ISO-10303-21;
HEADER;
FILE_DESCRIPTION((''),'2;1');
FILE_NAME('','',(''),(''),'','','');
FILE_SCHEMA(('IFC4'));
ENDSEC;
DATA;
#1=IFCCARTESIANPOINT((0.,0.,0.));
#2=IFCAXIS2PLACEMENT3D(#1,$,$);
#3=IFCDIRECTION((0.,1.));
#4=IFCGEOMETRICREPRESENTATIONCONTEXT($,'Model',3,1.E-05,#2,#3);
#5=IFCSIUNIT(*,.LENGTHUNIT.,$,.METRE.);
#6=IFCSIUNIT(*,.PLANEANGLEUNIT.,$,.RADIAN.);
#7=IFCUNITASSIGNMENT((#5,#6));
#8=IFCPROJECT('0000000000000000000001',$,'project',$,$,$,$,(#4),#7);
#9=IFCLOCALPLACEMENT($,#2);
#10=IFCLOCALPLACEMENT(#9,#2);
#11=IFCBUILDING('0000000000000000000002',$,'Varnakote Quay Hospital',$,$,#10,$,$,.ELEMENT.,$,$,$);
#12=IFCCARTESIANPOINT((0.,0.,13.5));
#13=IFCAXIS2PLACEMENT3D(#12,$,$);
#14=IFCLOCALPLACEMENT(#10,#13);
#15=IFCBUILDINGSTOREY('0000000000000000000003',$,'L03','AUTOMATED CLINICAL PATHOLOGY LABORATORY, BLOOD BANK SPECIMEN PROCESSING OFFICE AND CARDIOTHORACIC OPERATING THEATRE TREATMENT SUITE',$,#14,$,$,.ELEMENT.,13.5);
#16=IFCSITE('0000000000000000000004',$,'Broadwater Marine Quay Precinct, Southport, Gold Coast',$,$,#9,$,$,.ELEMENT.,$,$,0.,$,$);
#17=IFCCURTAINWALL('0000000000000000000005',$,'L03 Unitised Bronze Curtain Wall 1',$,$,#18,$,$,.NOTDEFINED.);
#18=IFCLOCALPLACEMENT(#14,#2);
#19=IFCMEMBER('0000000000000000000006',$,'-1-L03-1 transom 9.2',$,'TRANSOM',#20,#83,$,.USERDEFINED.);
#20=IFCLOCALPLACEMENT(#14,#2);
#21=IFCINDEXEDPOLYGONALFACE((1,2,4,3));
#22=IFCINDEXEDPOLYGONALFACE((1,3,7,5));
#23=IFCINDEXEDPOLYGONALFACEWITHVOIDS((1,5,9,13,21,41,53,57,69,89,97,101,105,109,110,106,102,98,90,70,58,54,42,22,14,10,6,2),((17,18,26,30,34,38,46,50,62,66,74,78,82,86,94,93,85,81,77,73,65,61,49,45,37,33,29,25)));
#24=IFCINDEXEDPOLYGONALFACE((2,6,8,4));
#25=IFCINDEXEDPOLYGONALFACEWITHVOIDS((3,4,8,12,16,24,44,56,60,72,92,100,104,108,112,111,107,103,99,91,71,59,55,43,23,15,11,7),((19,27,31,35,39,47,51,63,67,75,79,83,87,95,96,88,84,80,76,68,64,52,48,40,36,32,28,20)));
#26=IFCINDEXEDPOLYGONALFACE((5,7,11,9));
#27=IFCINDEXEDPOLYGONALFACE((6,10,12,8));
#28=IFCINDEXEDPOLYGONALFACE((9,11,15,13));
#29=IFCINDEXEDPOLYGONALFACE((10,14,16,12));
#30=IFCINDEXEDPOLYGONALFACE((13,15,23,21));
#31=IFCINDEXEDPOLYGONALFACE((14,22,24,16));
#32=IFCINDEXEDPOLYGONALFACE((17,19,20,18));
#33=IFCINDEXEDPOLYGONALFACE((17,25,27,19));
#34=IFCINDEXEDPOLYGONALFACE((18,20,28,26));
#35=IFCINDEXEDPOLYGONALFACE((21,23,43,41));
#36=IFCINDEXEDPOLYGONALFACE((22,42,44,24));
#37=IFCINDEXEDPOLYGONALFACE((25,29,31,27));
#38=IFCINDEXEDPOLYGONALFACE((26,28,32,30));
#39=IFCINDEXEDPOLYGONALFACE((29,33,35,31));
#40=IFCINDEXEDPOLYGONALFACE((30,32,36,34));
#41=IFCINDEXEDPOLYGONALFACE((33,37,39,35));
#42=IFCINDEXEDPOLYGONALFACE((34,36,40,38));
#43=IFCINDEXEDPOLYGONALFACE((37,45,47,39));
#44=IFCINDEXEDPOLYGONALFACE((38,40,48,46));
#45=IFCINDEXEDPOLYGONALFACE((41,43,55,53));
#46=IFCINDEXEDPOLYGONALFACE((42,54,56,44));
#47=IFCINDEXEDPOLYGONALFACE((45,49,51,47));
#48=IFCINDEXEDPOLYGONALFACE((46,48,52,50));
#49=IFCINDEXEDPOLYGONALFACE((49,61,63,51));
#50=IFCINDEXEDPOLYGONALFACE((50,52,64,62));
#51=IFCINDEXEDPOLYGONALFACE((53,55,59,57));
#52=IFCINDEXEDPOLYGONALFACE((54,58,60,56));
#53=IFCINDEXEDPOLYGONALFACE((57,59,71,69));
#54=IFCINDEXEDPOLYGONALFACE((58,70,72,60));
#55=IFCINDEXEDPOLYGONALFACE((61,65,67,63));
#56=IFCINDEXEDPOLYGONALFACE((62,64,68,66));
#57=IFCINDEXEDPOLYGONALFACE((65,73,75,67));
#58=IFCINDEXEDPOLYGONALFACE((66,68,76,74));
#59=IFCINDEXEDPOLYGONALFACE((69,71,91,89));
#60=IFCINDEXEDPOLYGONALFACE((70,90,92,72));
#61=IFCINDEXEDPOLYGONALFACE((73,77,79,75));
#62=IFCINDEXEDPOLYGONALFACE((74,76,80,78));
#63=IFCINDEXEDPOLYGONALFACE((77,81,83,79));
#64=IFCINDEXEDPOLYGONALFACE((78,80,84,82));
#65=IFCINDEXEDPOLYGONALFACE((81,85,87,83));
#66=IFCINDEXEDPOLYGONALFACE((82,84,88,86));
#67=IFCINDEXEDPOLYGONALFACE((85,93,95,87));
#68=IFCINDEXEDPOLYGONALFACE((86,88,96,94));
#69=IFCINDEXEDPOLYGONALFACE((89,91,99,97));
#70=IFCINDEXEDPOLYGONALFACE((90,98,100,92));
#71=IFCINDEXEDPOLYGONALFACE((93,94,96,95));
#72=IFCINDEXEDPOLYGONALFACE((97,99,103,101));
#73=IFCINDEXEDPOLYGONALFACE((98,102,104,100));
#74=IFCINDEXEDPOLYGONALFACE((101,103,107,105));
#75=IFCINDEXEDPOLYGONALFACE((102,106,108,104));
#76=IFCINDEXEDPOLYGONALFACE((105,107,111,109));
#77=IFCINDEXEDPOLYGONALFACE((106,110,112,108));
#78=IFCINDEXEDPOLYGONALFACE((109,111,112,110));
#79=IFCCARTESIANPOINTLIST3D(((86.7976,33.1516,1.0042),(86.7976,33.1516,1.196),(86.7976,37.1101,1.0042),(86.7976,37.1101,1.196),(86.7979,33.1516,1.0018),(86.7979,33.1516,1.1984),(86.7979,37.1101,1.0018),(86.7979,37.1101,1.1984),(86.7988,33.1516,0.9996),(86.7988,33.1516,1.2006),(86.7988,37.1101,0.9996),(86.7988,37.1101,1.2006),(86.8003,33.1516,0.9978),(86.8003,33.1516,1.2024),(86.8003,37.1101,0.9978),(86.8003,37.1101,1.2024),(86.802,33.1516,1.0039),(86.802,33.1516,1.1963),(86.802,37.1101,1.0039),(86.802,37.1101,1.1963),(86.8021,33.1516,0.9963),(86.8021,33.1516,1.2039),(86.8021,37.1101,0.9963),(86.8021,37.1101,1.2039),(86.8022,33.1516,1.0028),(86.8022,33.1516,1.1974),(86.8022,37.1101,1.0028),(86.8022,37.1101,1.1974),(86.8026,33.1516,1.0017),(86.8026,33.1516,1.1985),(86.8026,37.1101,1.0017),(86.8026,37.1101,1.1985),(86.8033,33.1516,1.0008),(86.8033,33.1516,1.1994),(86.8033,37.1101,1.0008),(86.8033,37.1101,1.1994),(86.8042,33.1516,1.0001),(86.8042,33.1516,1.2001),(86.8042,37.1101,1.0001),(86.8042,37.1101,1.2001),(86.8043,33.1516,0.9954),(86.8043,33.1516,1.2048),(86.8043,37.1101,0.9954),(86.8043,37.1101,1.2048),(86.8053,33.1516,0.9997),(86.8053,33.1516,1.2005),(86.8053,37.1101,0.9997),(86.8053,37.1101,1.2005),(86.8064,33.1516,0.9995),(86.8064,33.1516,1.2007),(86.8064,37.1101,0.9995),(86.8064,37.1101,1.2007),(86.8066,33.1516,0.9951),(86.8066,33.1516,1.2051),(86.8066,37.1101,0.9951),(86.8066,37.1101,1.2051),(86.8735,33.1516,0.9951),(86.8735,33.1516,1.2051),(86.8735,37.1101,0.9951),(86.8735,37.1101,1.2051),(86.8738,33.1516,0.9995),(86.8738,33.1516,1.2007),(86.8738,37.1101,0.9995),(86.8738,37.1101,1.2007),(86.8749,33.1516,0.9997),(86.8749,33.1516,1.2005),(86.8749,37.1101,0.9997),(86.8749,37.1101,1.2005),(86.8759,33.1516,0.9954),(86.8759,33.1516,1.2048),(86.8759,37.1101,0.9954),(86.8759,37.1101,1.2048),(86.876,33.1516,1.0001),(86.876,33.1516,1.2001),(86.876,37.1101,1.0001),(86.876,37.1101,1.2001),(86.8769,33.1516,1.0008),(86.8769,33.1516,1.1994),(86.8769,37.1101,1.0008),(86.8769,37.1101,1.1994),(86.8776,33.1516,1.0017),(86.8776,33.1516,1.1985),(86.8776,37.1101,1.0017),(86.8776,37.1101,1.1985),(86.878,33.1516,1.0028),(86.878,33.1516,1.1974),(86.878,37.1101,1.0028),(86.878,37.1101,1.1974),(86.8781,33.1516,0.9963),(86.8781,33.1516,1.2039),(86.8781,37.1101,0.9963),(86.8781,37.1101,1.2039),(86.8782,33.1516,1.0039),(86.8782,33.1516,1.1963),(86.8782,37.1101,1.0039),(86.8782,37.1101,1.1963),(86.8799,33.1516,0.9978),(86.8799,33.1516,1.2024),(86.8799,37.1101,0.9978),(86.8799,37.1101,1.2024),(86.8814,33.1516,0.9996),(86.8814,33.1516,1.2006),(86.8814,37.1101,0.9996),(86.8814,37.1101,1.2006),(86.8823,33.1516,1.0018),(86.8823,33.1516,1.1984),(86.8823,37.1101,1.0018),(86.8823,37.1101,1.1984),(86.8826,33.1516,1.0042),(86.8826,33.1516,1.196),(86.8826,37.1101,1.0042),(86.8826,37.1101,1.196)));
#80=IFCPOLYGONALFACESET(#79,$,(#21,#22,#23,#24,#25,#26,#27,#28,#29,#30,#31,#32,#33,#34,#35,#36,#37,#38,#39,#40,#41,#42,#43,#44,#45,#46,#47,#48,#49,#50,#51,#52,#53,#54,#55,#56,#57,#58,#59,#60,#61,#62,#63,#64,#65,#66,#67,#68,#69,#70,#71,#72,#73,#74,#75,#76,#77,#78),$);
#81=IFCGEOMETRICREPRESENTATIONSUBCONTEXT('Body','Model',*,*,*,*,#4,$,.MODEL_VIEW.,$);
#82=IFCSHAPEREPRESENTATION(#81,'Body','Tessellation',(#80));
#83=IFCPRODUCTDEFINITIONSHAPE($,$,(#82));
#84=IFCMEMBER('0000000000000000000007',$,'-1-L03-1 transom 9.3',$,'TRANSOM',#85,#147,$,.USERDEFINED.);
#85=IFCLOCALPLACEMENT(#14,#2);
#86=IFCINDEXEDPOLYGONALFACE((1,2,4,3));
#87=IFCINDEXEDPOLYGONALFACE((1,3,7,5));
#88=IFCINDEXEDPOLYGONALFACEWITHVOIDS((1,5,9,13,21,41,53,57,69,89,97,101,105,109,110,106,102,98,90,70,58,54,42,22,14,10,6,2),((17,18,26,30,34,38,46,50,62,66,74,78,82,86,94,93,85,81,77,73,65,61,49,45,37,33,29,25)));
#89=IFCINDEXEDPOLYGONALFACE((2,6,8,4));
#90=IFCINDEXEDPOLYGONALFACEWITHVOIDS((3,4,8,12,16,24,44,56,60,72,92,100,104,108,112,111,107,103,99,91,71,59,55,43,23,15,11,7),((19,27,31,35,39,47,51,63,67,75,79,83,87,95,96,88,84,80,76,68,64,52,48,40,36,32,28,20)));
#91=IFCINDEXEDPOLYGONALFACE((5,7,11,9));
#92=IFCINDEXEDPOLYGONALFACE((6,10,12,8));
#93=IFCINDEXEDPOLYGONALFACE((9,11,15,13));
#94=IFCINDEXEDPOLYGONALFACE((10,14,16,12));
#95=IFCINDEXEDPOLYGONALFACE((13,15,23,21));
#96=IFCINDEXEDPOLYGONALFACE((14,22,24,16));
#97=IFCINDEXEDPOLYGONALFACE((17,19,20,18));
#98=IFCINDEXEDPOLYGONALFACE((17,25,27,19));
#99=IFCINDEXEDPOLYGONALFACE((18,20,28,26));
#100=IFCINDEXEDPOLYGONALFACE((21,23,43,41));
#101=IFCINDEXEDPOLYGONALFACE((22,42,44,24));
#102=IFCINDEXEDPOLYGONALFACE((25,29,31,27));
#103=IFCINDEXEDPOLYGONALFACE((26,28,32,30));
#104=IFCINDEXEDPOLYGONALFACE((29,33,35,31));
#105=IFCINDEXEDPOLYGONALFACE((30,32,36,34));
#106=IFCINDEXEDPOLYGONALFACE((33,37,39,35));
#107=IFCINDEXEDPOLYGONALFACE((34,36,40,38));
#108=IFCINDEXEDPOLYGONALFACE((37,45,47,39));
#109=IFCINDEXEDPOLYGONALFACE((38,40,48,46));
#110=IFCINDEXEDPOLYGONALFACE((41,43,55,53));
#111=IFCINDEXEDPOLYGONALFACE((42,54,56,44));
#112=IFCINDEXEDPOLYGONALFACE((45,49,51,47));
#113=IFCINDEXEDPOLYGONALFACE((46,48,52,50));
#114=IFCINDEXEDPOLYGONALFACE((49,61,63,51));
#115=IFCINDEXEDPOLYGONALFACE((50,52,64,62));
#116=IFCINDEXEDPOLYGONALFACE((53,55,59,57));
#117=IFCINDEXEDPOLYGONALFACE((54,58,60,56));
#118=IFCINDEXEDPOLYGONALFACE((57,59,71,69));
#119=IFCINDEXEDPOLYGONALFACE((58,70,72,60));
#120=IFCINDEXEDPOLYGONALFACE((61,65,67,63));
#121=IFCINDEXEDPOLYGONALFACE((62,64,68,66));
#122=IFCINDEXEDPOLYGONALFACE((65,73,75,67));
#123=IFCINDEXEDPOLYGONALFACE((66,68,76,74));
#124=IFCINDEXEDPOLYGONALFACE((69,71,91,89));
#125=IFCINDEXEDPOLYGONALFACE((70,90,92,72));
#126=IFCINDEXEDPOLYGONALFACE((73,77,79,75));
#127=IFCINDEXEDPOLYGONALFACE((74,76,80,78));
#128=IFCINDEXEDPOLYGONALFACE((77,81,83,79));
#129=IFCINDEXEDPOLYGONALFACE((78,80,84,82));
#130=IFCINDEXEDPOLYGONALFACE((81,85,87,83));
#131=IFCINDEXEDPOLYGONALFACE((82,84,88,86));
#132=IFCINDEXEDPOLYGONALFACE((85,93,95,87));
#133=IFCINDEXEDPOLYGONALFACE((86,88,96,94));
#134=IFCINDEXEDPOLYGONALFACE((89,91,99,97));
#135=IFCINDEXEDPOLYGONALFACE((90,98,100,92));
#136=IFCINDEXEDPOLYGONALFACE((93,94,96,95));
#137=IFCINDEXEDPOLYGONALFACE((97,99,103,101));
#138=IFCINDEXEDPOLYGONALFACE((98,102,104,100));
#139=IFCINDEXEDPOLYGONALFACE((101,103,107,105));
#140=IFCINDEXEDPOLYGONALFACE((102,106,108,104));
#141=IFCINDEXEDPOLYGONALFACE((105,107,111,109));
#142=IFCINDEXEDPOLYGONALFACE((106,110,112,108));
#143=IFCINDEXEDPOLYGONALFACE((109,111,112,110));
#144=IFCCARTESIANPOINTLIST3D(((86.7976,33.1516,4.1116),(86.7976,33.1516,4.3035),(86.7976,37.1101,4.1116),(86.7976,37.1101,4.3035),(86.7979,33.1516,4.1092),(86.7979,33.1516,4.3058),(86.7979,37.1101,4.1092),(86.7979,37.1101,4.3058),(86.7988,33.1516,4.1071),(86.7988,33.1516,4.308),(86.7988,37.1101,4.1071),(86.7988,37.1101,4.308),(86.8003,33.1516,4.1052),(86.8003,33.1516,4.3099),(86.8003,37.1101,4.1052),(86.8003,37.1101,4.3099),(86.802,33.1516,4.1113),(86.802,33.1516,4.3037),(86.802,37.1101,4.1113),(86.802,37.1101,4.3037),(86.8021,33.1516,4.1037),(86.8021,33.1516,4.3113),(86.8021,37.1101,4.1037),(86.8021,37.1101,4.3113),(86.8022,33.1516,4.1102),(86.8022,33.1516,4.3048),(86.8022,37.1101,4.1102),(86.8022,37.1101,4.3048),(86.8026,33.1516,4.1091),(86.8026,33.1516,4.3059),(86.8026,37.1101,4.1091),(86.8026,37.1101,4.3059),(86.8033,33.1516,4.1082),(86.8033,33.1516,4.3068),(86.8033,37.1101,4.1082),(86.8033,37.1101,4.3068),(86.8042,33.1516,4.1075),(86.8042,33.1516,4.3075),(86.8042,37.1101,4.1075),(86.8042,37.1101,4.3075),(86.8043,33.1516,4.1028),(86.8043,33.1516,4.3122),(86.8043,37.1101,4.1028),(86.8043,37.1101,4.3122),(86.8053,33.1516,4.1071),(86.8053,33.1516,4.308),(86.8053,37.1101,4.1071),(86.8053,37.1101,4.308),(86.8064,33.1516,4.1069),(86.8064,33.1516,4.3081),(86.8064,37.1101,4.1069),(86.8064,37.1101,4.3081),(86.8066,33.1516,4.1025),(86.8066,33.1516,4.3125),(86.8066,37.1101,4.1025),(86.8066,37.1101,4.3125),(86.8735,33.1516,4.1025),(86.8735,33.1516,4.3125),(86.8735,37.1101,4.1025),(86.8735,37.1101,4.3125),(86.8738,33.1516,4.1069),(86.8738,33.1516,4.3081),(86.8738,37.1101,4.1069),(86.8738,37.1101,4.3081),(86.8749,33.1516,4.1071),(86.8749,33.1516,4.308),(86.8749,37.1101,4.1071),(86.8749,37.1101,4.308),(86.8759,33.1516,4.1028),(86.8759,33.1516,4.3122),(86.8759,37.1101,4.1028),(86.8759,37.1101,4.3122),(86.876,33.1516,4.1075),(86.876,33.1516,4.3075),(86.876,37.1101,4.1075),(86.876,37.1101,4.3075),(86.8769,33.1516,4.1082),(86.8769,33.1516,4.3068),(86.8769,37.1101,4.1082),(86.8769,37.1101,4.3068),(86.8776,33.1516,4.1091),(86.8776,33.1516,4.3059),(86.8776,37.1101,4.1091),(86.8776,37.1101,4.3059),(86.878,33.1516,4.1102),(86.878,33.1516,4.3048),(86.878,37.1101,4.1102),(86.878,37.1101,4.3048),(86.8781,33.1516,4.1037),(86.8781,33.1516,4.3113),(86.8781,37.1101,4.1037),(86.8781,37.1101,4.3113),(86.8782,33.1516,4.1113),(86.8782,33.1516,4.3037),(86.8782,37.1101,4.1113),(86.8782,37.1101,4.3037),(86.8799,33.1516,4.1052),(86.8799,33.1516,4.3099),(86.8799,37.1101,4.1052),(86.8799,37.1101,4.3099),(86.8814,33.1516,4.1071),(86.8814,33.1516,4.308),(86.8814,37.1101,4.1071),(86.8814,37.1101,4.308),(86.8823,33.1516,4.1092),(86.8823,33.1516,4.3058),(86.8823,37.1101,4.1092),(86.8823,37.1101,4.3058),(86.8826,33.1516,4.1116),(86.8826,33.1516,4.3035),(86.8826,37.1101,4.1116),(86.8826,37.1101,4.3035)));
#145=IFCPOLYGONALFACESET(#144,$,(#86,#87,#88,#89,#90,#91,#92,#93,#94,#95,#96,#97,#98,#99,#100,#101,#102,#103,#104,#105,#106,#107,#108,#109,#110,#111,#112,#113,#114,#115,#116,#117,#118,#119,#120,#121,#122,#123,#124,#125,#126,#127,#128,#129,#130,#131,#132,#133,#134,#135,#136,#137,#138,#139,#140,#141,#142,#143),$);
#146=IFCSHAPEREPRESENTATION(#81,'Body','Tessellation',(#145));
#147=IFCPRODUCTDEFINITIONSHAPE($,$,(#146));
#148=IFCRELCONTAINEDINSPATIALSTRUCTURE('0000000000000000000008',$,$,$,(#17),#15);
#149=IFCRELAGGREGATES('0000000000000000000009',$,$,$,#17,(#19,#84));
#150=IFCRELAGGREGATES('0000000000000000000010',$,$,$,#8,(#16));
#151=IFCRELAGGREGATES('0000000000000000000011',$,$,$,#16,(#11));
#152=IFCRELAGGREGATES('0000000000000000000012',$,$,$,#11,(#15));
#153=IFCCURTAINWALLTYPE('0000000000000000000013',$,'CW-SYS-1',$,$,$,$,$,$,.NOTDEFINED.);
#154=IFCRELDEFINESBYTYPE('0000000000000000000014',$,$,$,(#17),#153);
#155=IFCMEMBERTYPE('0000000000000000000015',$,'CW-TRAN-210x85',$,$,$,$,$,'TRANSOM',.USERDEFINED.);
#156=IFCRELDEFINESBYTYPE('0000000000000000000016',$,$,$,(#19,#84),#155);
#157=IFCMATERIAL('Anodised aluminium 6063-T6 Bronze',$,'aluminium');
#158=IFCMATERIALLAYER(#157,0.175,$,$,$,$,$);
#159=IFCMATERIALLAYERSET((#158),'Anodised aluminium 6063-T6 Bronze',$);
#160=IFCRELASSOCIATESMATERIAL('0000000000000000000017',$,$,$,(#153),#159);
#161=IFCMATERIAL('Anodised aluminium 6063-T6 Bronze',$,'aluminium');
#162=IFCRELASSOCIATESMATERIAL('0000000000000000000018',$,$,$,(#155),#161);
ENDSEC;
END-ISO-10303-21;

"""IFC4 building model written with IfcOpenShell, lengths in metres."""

from ifc_helpers import new_model, si_unit, direction, frame, origin, origin_2d, place, context, subcontext, project, spatial, hollow_rectangle, extrude, material, layer, layer_set, material_profile, profile_set, type_object, element, aggregate, save


model = new_model("IFC4")

# Units and contexts
model_context = context("Model", 3, precision=1e-05, world=origin(), true_north=direction((0.0, 1.0)))
body_context = subcontext(model_context, "Body", "Model", "MODEL_VIEW")
ifc_project = project(units=[si_unit("LENGTHUNIT", "METRE"), si_unit("PLANEANGLEUNIT", "RADIAN")], contexts=[model_context])

# Site, building, storey
site_placement = place(None, origin())
site = spatial("IfcSite", under=ifc_project, at=site_placement, Name="Broadwater Marine Quay Precinct, Southport, Gold Coast", CompositionType="ELEMENT", RefElevation=0.0)
building_placement = place(site_placement, origin())
building = spatial("IfcBuilding", under=site, at=building_placement, Name="Varnakote Quay Hospital", CompositionType="ELEMENT")
storey_placement = place(building_placement, frame((0.0, 0.0, 13.5)))
storey = spatial("IfcBuildingStorey", under=building, at=storey_placement, Name="L03", Description="AUTOMATED CLINICAL PATHOLOGY LABORATORY, BLOOD BANK SPECIMEN PROCESSING OFFICE AND CARDIOTHORACIC OPERATING THEATRE TREATMENT SUITE", CompositionType="ELEMENT", Elevation=13.5)

# Curtain wall, members
ifc_material_1 = material(Name="Anodised aluminium 6063-T6 Bronze", Category="aluminium")
ifc_layer_1 = layer(ifc_material_1, 0.175)
ifc_layer_set_1 = layer_set([ifc_layer_1], Name="Anodised aluminium 6063-T6 Bronze")
curtain_wall_type = type_object("IfcCurtainWallType", Name="CW-SYS-1", PredefinedType="NOTDEFINED", material=ifc_layer_set_1)
curtain_wall_placement = place(storey_placement, origin())
curtain_wall = element("IfcCurtainWall", 1, at=curtain_wall_placement, inside=storey, type_object=curtain_wall_type, Name="L03 Unitised Bronze Curtain Wall 1", PredefinedType="NOTDEFINED")
ifc_material_2 = material(Name="Anodised aluminium 6063-T6 Bronze", Category="aluminium")
ifc_material_profile_1 = material_profile(ifc_material_2, hollow_rectangle(XDim=0.085, YDim=0.21, WallThickness=0.0044, InnerFilletRadius=0.0044, OuterFilletRadius=0.009, at=origin_2d()), Name="CW-TRAN-210x85")
ifc_profile_set_1 = profile_set([ifc_material_profile_1], Name="Anodised aluminium 6063-T6 Bronze")
member_type_1 = type_object("IfcMemberType", Name="CW-TRAN-210x85", ElementType="TRANSOM", PredefinedType="USERDEFINED", material=ifc_profile_set_1)
member_1_placement = place(storey_placement, frame((86.8401, 33.1516, 1.1001), z_axis=(0.0, 1.0, 0.0), x_axis=(-1.0, 0.0, 0.0)))
member_1 = element("IfcMember", 2, at=member_1_placement, type_object=member_type_1, Name="-1-L03-1 transom 9.2", ObjectType="TRANSOM", PredefinedType="USERDEFINED", context=body_context, shape_type="SweptSolid", body=[
    extrude(hollow_rectangle(XDim=0.085, YDim=0.21, WallThickness=0.0044, InnerFilletRadius=0.0044, OuterFilletRadius=0.009, at=origin_2d()), origin(), (0.0, 0.0, 1.0), 3.9585),
])
member_2_placement = place(storey_placement, frame((86.8401, 33.1516, 4.2075), z_axis=(0.0, 1.0, 0.0), x_axis=(-1.0, 0.0, 0.0)))
member_2 = element("IfcMember", 3, at=member_2_placement, type_object=member_type_1, Name="-1-L03-1 transom 9.3", ObjectType="TRANSOM", PredefinedType="USERDEFINED", context=body_context, shape_type="SweptSolid", body=[
    extrude(hollow_rectangle(XDim=0.085, YDim=0.21, WallThickness=0.0044, InnerFilletRadius=0.0044, OuterFilletRadius=0.009, at=origin_2d()), origin(), (0.0, 0.0, 1.0), 3.9585),
])

aggregate(curtain_wall, [member_1, member_2])

save(model, "model.ifc")
